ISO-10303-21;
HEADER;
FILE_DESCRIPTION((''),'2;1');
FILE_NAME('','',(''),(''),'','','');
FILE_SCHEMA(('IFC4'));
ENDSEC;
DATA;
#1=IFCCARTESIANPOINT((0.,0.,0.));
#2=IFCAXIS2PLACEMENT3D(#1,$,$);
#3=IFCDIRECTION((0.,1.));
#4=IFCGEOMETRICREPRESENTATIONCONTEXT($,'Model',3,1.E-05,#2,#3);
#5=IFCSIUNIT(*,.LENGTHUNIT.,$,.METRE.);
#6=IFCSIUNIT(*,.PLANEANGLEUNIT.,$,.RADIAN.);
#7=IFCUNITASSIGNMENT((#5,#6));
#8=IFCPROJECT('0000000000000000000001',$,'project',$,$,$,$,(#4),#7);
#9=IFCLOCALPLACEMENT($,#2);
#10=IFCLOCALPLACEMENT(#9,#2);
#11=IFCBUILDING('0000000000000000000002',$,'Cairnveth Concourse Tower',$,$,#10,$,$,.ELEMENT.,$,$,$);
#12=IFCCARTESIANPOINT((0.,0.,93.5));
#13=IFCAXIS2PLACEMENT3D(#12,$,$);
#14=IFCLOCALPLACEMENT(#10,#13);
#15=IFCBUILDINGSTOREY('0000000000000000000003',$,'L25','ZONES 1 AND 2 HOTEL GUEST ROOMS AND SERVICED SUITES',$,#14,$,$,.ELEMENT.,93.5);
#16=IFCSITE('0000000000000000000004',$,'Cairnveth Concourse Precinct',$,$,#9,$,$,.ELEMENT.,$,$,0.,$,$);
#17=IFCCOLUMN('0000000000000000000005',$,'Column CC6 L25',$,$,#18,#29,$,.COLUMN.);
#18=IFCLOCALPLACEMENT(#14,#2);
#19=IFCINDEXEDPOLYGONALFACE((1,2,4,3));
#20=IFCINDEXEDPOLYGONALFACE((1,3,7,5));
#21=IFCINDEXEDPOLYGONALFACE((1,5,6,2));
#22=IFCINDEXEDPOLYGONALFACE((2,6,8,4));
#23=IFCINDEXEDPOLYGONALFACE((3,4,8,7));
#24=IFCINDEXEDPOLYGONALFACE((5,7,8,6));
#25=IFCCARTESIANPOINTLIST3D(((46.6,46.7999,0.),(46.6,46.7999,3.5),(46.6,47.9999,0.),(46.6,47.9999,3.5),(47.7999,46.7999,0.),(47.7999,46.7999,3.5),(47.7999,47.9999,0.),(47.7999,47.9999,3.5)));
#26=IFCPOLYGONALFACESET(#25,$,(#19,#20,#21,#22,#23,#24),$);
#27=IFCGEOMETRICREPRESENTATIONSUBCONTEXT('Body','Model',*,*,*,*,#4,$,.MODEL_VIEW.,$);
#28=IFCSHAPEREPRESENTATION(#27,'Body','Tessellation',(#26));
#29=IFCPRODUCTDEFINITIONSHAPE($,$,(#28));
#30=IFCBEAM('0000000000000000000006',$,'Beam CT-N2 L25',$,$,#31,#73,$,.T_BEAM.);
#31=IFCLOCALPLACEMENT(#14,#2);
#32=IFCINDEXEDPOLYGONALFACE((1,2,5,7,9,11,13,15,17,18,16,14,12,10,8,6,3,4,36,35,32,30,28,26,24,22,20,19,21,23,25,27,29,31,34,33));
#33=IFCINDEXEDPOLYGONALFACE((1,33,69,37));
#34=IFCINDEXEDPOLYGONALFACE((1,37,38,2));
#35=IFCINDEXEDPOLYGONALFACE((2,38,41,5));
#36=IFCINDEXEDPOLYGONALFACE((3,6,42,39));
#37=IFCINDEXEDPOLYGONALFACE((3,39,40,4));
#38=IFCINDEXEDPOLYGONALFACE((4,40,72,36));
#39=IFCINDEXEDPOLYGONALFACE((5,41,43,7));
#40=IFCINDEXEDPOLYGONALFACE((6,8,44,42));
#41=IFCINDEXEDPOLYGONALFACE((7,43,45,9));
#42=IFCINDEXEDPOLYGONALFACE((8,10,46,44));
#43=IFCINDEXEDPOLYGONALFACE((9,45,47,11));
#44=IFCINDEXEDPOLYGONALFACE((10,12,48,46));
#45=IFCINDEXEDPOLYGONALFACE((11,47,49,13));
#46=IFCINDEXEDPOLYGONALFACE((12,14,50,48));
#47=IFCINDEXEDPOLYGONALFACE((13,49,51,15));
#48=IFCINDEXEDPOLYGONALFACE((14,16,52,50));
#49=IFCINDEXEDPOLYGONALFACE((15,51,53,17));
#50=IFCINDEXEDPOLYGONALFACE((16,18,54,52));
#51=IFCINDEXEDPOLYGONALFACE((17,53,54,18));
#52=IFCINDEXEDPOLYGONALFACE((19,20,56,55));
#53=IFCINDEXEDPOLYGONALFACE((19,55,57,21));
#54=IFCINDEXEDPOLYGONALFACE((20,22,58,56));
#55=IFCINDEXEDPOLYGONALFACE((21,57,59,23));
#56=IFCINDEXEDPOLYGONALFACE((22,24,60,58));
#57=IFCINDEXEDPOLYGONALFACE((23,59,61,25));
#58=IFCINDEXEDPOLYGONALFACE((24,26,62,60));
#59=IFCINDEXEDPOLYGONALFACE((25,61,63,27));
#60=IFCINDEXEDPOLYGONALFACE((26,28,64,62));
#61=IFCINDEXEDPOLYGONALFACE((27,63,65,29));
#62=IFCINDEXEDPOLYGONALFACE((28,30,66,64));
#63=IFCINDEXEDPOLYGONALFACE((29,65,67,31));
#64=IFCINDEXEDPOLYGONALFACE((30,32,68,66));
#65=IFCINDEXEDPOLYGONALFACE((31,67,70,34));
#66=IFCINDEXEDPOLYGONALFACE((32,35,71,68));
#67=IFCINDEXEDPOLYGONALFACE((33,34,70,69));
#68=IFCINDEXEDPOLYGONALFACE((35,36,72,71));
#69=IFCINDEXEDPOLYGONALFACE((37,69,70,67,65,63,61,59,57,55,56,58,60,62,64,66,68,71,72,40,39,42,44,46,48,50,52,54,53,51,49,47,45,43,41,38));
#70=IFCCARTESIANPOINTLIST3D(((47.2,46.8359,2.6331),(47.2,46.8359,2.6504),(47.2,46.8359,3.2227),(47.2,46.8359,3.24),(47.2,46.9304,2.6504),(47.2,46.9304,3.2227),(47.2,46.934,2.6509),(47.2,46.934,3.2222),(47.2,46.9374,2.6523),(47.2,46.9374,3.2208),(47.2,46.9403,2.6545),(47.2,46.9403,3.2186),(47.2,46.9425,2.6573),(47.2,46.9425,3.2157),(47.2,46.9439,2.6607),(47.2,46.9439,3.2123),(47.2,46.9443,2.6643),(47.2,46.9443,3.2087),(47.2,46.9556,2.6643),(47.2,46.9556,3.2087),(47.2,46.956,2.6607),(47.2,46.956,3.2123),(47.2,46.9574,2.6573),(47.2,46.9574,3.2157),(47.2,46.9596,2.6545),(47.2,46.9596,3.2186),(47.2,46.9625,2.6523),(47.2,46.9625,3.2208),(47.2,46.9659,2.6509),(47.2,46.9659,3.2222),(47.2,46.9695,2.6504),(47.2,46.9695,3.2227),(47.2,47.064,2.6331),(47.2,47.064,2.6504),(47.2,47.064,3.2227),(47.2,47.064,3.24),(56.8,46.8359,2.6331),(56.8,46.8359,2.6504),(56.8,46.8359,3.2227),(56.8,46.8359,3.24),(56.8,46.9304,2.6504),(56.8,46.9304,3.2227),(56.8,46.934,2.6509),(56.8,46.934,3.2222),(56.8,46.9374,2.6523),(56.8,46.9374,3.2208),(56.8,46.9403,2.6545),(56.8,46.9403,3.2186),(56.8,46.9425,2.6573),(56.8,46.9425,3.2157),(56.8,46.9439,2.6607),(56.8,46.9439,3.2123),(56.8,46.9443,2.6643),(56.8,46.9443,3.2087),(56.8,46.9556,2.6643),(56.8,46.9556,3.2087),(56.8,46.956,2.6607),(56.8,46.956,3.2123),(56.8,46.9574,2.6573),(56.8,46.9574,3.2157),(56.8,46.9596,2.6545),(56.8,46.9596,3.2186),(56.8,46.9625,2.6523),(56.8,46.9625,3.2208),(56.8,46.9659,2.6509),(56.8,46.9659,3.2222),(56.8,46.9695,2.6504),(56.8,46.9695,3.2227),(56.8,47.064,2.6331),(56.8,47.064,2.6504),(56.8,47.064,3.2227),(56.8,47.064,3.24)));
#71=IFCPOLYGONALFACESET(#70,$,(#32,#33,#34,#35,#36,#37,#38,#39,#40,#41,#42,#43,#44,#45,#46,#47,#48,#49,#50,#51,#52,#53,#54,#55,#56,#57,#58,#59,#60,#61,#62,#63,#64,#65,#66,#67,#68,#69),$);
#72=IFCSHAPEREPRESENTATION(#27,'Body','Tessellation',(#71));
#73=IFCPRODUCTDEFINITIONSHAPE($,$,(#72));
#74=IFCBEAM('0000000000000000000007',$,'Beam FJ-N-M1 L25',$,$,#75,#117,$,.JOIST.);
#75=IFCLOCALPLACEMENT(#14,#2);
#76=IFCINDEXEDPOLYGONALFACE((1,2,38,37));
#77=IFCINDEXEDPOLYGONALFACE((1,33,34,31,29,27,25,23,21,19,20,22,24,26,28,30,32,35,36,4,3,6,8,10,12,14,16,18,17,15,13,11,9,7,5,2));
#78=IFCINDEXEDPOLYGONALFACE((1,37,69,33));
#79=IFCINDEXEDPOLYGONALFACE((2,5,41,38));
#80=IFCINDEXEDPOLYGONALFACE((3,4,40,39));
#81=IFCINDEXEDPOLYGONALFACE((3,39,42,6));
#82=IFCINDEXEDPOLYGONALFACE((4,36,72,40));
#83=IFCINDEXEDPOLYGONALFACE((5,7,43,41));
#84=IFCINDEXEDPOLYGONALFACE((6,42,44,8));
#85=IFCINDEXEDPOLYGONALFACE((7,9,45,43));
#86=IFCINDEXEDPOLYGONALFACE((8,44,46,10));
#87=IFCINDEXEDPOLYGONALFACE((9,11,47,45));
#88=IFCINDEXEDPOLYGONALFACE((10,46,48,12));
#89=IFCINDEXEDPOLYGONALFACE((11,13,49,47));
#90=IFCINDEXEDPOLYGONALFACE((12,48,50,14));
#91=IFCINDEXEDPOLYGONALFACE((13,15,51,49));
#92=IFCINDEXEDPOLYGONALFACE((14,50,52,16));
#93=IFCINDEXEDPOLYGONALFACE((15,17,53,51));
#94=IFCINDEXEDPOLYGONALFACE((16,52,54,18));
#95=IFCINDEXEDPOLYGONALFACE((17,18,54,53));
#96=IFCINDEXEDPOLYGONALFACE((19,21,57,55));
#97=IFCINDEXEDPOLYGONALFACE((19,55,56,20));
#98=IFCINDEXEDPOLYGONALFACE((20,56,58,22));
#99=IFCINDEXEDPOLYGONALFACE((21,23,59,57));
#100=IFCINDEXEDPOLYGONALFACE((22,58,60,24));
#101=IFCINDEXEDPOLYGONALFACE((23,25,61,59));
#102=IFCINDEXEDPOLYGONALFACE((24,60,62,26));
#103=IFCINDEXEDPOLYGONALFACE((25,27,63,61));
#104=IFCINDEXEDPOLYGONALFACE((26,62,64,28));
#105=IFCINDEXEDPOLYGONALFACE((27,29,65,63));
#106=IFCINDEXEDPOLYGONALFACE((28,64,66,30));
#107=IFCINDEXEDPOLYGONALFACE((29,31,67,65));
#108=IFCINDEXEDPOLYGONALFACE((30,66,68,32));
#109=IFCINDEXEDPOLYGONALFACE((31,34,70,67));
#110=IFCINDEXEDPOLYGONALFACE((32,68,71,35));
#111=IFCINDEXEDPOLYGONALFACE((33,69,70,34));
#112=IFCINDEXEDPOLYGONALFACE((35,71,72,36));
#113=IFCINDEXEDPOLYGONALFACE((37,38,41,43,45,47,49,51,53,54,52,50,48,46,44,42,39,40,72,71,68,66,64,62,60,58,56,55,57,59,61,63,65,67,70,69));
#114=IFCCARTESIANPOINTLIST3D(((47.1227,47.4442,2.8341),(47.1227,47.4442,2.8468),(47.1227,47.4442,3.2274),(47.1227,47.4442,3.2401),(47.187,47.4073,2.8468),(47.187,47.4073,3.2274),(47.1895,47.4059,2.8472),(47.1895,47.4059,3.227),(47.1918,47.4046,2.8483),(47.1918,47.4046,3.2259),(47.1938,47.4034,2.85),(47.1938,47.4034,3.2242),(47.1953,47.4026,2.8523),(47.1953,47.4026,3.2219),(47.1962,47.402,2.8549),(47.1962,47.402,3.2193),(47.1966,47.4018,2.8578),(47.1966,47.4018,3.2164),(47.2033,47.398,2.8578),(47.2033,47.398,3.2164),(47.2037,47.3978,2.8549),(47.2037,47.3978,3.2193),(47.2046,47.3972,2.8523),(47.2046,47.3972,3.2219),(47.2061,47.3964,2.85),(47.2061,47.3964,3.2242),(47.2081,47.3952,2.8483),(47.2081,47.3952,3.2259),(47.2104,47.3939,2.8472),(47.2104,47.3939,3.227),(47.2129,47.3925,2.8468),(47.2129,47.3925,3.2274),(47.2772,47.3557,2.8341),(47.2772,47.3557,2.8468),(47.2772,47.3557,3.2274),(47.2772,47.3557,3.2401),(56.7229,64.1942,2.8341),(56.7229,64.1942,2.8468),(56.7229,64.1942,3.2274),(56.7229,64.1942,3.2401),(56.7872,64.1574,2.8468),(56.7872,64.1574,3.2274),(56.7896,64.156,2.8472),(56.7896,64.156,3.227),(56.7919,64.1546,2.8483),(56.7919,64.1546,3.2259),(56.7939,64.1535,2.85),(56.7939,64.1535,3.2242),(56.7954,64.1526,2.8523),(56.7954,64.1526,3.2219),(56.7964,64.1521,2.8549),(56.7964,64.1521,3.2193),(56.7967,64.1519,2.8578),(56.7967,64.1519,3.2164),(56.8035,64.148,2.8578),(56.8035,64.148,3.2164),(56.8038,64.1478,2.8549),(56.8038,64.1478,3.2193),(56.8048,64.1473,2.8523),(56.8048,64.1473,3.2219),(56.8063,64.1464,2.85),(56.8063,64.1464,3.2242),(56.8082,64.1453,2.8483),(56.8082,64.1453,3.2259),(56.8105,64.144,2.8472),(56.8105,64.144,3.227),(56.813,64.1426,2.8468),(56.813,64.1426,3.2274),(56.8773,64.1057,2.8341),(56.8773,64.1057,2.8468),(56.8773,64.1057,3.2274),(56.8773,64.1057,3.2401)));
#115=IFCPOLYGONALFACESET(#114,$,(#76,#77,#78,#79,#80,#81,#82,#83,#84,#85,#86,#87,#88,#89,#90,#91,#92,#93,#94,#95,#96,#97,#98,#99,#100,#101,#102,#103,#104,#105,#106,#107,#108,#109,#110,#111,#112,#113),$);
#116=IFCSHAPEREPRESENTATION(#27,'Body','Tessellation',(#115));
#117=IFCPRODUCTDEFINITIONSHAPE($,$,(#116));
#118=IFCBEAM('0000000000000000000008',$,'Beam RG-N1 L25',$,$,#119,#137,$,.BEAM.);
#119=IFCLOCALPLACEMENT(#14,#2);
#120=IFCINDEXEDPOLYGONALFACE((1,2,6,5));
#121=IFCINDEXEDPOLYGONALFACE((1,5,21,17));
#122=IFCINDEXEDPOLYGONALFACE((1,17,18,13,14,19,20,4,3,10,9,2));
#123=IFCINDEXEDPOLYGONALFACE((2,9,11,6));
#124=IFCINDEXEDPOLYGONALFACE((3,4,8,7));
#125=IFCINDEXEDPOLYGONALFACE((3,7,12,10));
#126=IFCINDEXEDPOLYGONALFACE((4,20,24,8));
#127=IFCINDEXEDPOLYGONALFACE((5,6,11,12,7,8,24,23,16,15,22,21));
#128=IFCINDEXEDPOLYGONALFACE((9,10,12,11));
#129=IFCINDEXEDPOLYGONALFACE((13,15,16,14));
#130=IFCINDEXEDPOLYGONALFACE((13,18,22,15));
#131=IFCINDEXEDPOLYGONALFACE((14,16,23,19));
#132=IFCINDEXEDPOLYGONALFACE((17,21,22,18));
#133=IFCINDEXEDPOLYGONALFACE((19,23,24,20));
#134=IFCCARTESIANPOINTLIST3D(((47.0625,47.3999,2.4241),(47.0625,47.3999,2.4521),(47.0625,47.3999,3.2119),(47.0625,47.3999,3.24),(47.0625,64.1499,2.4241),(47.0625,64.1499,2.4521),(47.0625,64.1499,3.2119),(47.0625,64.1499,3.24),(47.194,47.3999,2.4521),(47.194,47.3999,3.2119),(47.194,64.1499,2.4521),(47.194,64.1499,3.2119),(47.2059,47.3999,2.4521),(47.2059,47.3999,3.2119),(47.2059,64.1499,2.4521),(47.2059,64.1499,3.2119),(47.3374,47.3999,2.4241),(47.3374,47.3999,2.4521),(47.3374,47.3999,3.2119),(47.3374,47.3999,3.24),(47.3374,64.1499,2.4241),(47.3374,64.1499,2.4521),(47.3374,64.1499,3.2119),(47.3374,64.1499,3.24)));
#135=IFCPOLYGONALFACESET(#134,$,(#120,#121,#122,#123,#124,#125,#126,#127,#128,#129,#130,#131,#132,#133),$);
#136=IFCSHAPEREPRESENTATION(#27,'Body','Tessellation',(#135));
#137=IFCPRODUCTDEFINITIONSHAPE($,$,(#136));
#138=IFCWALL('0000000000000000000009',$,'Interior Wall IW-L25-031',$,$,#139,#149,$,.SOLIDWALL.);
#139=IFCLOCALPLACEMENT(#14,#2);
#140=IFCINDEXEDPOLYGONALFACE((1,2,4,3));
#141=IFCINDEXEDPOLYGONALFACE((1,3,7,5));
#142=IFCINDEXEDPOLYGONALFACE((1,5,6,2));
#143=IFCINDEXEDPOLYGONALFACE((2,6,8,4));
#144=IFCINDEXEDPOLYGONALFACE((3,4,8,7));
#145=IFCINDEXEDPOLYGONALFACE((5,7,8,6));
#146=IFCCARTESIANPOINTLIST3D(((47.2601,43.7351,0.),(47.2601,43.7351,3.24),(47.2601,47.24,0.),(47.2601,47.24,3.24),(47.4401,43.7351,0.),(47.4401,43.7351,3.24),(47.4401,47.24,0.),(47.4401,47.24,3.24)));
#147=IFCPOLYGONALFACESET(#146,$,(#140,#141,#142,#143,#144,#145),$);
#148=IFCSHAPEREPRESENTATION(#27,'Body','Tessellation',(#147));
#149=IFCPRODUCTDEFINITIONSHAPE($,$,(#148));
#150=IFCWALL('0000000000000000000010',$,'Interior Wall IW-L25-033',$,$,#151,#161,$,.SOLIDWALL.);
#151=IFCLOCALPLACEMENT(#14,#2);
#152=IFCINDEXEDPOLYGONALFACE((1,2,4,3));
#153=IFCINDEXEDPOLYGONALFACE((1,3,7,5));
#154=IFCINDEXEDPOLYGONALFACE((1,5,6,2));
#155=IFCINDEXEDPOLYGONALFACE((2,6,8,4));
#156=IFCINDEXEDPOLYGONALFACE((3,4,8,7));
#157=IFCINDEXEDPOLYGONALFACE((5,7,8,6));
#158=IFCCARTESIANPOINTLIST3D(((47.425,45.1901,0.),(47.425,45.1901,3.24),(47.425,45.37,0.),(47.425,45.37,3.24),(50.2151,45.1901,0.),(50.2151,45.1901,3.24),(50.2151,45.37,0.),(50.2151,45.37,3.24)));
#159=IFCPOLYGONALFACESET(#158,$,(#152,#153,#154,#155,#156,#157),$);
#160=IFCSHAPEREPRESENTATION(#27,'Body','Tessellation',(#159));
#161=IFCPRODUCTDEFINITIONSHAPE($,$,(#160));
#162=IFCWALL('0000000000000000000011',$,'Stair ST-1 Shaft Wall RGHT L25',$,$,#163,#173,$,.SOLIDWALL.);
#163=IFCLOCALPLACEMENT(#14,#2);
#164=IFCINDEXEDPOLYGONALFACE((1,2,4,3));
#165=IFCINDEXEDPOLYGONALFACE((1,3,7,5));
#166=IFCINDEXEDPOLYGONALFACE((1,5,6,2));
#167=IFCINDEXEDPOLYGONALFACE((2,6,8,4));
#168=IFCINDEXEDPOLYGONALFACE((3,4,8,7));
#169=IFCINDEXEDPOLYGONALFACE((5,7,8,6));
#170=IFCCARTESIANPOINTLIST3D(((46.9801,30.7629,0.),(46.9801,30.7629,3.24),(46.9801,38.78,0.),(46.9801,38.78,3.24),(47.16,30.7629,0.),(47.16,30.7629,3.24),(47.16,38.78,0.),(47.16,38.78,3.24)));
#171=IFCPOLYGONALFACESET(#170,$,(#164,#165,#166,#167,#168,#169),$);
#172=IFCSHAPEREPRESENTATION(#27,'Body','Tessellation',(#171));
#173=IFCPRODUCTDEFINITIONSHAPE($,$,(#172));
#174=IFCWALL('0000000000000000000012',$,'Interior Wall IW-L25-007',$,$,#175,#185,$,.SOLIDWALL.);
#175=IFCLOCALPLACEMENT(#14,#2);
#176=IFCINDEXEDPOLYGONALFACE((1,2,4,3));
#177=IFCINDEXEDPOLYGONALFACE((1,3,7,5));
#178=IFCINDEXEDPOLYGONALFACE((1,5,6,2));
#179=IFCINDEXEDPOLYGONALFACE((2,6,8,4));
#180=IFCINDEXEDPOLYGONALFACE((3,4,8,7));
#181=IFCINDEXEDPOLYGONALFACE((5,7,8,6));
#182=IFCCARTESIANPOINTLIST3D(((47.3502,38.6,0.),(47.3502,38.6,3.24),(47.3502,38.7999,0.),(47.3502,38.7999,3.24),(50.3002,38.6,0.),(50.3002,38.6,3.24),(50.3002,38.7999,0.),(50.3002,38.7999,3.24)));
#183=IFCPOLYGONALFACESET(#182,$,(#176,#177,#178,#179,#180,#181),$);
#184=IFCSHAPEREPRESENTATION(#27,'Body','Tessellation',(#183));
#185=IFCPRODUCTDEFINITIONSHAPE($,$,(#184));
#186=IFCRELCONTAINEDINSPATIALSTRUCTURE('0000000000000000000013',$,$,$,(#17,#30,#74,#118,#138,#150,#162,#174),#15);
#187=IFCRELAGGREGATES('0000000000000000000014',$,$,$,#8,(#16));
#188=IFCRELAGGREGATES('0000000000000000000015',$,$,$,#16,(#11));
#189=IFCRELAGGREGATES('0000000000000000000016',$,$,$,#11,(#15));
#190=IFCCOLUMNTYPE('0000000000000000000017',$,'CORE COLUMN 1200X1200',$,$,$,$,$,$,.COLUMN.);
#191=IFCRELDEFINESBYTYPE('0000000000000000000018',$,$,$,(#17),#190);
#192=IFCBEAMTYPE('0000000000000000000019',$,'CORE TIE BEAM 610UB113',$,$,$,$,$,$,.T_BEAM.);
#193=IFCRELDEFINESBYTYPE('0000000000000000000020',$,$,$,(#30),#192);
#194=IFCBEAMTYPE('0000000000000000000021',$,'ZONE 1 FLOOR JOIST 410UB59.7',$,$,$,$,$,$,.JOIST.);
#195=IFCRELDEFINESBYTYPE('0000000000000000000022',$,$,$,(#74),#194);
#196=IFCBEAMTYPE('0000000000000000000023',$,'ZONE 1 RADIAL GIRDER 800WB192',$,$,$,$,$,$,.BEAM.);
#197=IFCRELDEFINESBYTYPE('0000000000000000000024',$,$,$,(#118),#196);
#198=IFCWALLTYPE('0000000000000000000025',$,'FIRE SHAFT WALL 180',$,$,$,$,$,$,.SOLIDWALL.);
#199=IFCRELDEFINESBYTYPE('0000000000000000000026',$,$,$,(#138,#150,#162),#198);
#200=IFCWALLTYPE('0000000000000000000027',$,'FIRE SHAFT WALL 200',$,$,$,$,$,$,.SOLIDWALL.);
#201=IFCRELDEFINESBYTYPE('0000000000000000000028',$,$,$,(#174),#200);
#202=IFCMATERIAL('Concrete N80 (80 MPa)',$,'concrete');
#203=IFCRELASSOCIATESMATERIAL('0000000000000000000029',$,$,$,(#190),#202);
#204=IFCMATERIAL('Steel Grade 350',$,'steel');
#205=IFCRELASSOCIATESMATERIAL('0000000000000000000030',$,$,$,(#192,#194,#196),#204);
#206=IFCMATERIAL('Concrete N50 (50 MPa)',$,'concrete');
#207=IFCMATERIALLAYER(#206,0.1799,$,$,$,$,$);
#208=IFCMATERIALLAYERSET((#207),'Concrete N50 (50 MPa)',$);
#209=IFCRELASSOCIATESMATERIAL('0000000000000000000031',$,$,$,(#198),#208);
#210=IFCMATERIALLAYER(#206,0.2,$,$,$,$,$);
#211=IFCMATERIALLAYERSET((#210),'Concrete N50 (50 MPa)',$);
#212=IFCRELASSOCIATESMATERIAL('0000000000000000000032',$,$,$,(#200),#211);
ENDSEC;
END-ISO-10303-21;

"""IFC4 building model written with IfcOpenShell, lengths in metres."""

from ifc_helpers import new_model, si_unit, direction, frame, frame_2d, origin, origin_2d, place, context, subcontext, project, spatial, rectangle, i_section, extrude, material, layer, layer_set, material_profile, profile_set, type_object, element, save


model = new_model("IFC4")

# Units and contexts
model_context = context("Model", 3, precision=1e-05, world=origin(), true_north=direction((0.0, 1.0)))
body_context = subcontext(model_context, "Body", "Model", "MODEL_VIEW")
ifc_project = project(units=[si_unit("LENGTHUNIT", "METRE"), si_unit("PLANEANGLEUNIT", "RADIAN")], contexts=[model_context])

# Site, building, storey
site_placement = place(None, origin())
site = spatial("IfcSite", under=ifc_project, at=site_placement, Name="Cairnveth Concourse Precinct", CompositionType="ELEMENT", RefElevation=0.0)
building_placement = place(site_placement, origin())
building = spatial("IfcBuilding", under=site, at=building_placement, Name="Cairnveth Concourse Tower", CompositionType="ELEMENT")
storey_placement = place(building_placement, frame((0.0, 0.0, 93.5)))
storey = spatial("IfcBuildingStorey", under=building, at=storey_placement, Name="L25", Description="ZONES 1 AND 2 HOTEL GUEST ROOMS AND SERVICED SUITES", CompositionType="ELEMENT", Elevation=93.5)

# Column
ifc_material_1 = material(Name="Concrete N80 (80 MPa)", Category="concrete")
ifc_material_profile_1 = material_profile(ifc_material_1, rectangle(XDim=1.2, YDim=1.2, at=origin_2d()), Name="RC-COL-1200x1200")
ifc_profile_set_1 = profile_set([ifc_material_profile_1], Name="Concrete N80 (80 MPa)")
column_type = type_object("IfcColumnType", Name="CORE COLUMN 1200X1200", PredefinedType="COLUMN", material=ifc_profile_set_1)
column_placement = place(storey_placement, frame((47.2, 47.3999, 0.0), z_axis=(0.0, 0.0, 1.0), x_axis=(1.0, 0.0, 0.0)))
element("IfcColumn", 1, at=column_placement, inside=storey, type_object=column_type, Name="Column CC6 L25", PredefinedType="COLUMN", context=body_context, shape_type="SweptSolid", body=[
    extrude(rectangle(XDim=1.2, YDim=1.2, at=origin_2d()), origin(), (0.0, 0.0, 1.0), 3.5),
])

# Beams
ifc_material_2 = material(Name="Steel Grade 350", Category="steel")
ifc_material_profile_2 = material_profile(ifc_material_2, i_section(OverallWidth=0.228, OverallDepth=0.6069, WebThickness=0.0112, FlangeThickness=0.0173, FilletRadius=0.0139, at=origin_2d()), Name="610UB113")
ifc_profile_set_2 = profile_set([ifc_material_profile_2], Name="Steel Grade 350")
beam_type_1 = type_object("IfcBeamType", Name="CORE TIE BEAM 610UB113", PredefinedType="T_BEAM", material=ifc_profile_set_2)
beam_1_placement = place(storey_placement, frame((47.2, 46.95, 2.9365), z_axis=(1.0, 0.0, 0.0), x_axis=(0.0, 1.0, 0.0)))
element("IfcBeam", 2, at=beam_1_placement, inside=storey, type_object=beam_type_1, Name="Beam CT-N2 L25", PredefinedType="T_BEAM", context=body_context, shape_type="SweptSolid", body=[
    extrude(i_section(OverallWidth=0.228, OverallDepth=0.6069, WebThickness=0.0112, FlangeThickness=0.0173, FilletRadius=0.0139, at=origin_2d()), origin(), (0.0, 0.0, 1.0), 9.6001),
])
ifc_material_profile_3 = material_profile(ifc_material_2, i_section(OverallWidth=0.178, OverallDepth=0.406, WebThickness=0.0078, FlangeThickness=0.0127, FilletRadius=0.011, at=origin_2d()), Name="410UB59.7")
ifc_profile_set_3 = profile_set([ifc_material_profile_3], Name="Steel Grade 350")
beam_type_2 = type_object("IfcBeamType", Name="ZONE 1 FLOOR JOIST 410UB59.7", PredefinedType="JOIST", material=ifc_profile_set_3)
beam_2_placement = place(storey_placement, frame((47.2, 47.3999, 3.0371), z_axis=(0.497258, 0.867603, 0.0), x_axis=(-0.867603, 0.497258, 0.0)))
element("IfcBeam", 3, at=beam_2_placement, inside=storey, type_object=beam_type_2, Name="Beam FJ-N-M1 L25", PredefinedType="JOIST", context=body_context, shape_type="SweptSolid", body=[
    extrude(i_section(OverallWidth=0.178, OverallDepth=0.406, WebThickness=0.0078, FlangeThickness=0.0127, FilletRadius=0.011, at=origin_2d()), origin(), (0.0, 0.0, 1.0), 19.3062),
])
ifc_material_profile_4 = material_profile(ifc_material_2, i_section(OverallWidth=0.2749, OverallDepth=0.8159, WebThickness=0.012, FlangeThickness=0.0281, at=origin_2d()), Name="800WB192")
ifc_profile_set_4 = profile_set([ifc_material_profile_4], Name="Steel Grade 350")
beam_type_3 = type_object("IfcBeamType", Name="ZONE 1 RADIAL GIRDER 800WB192", PredefinedType="BEAM", material=ifc_profile_set_4)
beam_3_placement = place(storey_placement, frame((47.2, 47.3999, 2.832), z_axis=(0.0, 1.0, 0.0), x_axis=(-1.0, 0.0, 0.0)))
element("IfcBeam", 4, at=beam_3_placement, inside=storey, type_object=beam_type_3, Name="Beam RG-N1 L25", PredefinedType="BEAM", context=body_context, shape_type="SweptSolid", body=[
    extrude(i_section(OverallWidth=0.2749, OverallDepth=0.8159, WebThickness=0.012, FlangeThickness=0.0281, at=origin_2d()), origin(), (0.0, 0.0, 1.0), 16.75),
])

# Walls
ifc_material_3 = material(Name="Concrete N50 (50 MPa)", Category="concrete")
ifc_layer_1 = layer(ifc_material_3, 0.1799)
ifc_layer_set_1 = layer_set([ifc_layer_1], Name="Concrete N50 (50 MPa)")
wall_type_1 = type_object("IfcWallType", Name="FIRE SHAFT WALL 180", PredefinedType="SOLIDWALL", material=ifc_layer_set_1)
wall_1_placement = place(storey_placement, frame((47.3501, 43.7351, 0.0), z_axis=(0.0, 0.0, 1.0), x_axis=(0.0, 1.0, 0.0)))
element("IfcWall", 5, at=wall_1_placement, inside=storey, type_object=wall_type_1, Name="Interior Wall IW-L25-031", PredefinedType="SOLIDWALL", context=body_context, shape_type="SweptSolid", body=[
    extrude(rectangle(XDim=3.5049, YDim=0.1799, at=frame_2d((1.7524, 0.0))), origin(), (0.0, 0.0, 1.0), 3.24),
])
wall_2_placement = place(storey_placement, frame((47.425, 45.28, 0.0), z_axis=(0.0, 0.0, 1.0), x_axis=(1.0, 0.0, 0.0)))
element("IfcWall", 6, at=wall_2_placement, inside=storey, type_object=wall_type_1, Name="Interior Wall IW-L25-033", PredefinedType="SOLIDWALL", context=body_context, shape_type="SweptSolid", body=[
    extrude(rectangle(XDim=2.79, YDim=0.1799, at=frame_2d((1.395, 0.0))), origin(), (0.0, 0.0, 1.0), 3.24),
])

# Walls
wall_3_placement = place(storey_placement, frame((47.0701, 38.78, 0.0), z_axis=(0.0, 0.0, 1.0), x_axis=(0.0, -1.0, 0.0)))
element("IfcWall", 7, at=wall_3_placement, inside=storey, type_object=wall_type_1, Name="Stair ST-1 Shaft Wall RGHT L25", PredefinedType="SOLIDWALL", context=body_context, shape_type="SweptSolid", body=[
    extrude(rectangle(XDim=8.0171, YDim=0.1799, at=frame_2d((4.0085, 0.0))), origin(), (0.0, 0.0, 1.0), 3.24),
])
ifc_layer_2 = layer(ifc_material_3, 0.2)
ifc_layer_set_2 = layer_set([ifc_layer_2], Name="Concrete N50 (50 MPa)")
wall_type_2 = type_object("IfcWallType", Name="FIRE SHAFT WALL 200", PredefinedType="SOLIDWALL", material=ifc_layer_set_2)
for number, where, z_axis, x_axis, name in (
    (8, (47.3501, 38.7, 0.0), (0.0, 0.0, 1.0), (1.0, 0.0, 0.0), "Interior Wall IW-L25-007"),
):
    element("IfcWall", number, at=place(storey_placement, frame(where, z_axis=z_axis, x_axis=x_axis)), inside=storey, type_object=wall_type_2, Name=name, PredefinedType="SOLIDWALL", context=body_context, shape_type="SweptSolid", body=[
        extrude(rectangle(XDim=2.95, YDim=0.2, at=frame_2d((1.4751, 0.0))), origin(), (0.0, 0.0, 1.0), 3.24),
    ])

save(model, "model.ifc")
